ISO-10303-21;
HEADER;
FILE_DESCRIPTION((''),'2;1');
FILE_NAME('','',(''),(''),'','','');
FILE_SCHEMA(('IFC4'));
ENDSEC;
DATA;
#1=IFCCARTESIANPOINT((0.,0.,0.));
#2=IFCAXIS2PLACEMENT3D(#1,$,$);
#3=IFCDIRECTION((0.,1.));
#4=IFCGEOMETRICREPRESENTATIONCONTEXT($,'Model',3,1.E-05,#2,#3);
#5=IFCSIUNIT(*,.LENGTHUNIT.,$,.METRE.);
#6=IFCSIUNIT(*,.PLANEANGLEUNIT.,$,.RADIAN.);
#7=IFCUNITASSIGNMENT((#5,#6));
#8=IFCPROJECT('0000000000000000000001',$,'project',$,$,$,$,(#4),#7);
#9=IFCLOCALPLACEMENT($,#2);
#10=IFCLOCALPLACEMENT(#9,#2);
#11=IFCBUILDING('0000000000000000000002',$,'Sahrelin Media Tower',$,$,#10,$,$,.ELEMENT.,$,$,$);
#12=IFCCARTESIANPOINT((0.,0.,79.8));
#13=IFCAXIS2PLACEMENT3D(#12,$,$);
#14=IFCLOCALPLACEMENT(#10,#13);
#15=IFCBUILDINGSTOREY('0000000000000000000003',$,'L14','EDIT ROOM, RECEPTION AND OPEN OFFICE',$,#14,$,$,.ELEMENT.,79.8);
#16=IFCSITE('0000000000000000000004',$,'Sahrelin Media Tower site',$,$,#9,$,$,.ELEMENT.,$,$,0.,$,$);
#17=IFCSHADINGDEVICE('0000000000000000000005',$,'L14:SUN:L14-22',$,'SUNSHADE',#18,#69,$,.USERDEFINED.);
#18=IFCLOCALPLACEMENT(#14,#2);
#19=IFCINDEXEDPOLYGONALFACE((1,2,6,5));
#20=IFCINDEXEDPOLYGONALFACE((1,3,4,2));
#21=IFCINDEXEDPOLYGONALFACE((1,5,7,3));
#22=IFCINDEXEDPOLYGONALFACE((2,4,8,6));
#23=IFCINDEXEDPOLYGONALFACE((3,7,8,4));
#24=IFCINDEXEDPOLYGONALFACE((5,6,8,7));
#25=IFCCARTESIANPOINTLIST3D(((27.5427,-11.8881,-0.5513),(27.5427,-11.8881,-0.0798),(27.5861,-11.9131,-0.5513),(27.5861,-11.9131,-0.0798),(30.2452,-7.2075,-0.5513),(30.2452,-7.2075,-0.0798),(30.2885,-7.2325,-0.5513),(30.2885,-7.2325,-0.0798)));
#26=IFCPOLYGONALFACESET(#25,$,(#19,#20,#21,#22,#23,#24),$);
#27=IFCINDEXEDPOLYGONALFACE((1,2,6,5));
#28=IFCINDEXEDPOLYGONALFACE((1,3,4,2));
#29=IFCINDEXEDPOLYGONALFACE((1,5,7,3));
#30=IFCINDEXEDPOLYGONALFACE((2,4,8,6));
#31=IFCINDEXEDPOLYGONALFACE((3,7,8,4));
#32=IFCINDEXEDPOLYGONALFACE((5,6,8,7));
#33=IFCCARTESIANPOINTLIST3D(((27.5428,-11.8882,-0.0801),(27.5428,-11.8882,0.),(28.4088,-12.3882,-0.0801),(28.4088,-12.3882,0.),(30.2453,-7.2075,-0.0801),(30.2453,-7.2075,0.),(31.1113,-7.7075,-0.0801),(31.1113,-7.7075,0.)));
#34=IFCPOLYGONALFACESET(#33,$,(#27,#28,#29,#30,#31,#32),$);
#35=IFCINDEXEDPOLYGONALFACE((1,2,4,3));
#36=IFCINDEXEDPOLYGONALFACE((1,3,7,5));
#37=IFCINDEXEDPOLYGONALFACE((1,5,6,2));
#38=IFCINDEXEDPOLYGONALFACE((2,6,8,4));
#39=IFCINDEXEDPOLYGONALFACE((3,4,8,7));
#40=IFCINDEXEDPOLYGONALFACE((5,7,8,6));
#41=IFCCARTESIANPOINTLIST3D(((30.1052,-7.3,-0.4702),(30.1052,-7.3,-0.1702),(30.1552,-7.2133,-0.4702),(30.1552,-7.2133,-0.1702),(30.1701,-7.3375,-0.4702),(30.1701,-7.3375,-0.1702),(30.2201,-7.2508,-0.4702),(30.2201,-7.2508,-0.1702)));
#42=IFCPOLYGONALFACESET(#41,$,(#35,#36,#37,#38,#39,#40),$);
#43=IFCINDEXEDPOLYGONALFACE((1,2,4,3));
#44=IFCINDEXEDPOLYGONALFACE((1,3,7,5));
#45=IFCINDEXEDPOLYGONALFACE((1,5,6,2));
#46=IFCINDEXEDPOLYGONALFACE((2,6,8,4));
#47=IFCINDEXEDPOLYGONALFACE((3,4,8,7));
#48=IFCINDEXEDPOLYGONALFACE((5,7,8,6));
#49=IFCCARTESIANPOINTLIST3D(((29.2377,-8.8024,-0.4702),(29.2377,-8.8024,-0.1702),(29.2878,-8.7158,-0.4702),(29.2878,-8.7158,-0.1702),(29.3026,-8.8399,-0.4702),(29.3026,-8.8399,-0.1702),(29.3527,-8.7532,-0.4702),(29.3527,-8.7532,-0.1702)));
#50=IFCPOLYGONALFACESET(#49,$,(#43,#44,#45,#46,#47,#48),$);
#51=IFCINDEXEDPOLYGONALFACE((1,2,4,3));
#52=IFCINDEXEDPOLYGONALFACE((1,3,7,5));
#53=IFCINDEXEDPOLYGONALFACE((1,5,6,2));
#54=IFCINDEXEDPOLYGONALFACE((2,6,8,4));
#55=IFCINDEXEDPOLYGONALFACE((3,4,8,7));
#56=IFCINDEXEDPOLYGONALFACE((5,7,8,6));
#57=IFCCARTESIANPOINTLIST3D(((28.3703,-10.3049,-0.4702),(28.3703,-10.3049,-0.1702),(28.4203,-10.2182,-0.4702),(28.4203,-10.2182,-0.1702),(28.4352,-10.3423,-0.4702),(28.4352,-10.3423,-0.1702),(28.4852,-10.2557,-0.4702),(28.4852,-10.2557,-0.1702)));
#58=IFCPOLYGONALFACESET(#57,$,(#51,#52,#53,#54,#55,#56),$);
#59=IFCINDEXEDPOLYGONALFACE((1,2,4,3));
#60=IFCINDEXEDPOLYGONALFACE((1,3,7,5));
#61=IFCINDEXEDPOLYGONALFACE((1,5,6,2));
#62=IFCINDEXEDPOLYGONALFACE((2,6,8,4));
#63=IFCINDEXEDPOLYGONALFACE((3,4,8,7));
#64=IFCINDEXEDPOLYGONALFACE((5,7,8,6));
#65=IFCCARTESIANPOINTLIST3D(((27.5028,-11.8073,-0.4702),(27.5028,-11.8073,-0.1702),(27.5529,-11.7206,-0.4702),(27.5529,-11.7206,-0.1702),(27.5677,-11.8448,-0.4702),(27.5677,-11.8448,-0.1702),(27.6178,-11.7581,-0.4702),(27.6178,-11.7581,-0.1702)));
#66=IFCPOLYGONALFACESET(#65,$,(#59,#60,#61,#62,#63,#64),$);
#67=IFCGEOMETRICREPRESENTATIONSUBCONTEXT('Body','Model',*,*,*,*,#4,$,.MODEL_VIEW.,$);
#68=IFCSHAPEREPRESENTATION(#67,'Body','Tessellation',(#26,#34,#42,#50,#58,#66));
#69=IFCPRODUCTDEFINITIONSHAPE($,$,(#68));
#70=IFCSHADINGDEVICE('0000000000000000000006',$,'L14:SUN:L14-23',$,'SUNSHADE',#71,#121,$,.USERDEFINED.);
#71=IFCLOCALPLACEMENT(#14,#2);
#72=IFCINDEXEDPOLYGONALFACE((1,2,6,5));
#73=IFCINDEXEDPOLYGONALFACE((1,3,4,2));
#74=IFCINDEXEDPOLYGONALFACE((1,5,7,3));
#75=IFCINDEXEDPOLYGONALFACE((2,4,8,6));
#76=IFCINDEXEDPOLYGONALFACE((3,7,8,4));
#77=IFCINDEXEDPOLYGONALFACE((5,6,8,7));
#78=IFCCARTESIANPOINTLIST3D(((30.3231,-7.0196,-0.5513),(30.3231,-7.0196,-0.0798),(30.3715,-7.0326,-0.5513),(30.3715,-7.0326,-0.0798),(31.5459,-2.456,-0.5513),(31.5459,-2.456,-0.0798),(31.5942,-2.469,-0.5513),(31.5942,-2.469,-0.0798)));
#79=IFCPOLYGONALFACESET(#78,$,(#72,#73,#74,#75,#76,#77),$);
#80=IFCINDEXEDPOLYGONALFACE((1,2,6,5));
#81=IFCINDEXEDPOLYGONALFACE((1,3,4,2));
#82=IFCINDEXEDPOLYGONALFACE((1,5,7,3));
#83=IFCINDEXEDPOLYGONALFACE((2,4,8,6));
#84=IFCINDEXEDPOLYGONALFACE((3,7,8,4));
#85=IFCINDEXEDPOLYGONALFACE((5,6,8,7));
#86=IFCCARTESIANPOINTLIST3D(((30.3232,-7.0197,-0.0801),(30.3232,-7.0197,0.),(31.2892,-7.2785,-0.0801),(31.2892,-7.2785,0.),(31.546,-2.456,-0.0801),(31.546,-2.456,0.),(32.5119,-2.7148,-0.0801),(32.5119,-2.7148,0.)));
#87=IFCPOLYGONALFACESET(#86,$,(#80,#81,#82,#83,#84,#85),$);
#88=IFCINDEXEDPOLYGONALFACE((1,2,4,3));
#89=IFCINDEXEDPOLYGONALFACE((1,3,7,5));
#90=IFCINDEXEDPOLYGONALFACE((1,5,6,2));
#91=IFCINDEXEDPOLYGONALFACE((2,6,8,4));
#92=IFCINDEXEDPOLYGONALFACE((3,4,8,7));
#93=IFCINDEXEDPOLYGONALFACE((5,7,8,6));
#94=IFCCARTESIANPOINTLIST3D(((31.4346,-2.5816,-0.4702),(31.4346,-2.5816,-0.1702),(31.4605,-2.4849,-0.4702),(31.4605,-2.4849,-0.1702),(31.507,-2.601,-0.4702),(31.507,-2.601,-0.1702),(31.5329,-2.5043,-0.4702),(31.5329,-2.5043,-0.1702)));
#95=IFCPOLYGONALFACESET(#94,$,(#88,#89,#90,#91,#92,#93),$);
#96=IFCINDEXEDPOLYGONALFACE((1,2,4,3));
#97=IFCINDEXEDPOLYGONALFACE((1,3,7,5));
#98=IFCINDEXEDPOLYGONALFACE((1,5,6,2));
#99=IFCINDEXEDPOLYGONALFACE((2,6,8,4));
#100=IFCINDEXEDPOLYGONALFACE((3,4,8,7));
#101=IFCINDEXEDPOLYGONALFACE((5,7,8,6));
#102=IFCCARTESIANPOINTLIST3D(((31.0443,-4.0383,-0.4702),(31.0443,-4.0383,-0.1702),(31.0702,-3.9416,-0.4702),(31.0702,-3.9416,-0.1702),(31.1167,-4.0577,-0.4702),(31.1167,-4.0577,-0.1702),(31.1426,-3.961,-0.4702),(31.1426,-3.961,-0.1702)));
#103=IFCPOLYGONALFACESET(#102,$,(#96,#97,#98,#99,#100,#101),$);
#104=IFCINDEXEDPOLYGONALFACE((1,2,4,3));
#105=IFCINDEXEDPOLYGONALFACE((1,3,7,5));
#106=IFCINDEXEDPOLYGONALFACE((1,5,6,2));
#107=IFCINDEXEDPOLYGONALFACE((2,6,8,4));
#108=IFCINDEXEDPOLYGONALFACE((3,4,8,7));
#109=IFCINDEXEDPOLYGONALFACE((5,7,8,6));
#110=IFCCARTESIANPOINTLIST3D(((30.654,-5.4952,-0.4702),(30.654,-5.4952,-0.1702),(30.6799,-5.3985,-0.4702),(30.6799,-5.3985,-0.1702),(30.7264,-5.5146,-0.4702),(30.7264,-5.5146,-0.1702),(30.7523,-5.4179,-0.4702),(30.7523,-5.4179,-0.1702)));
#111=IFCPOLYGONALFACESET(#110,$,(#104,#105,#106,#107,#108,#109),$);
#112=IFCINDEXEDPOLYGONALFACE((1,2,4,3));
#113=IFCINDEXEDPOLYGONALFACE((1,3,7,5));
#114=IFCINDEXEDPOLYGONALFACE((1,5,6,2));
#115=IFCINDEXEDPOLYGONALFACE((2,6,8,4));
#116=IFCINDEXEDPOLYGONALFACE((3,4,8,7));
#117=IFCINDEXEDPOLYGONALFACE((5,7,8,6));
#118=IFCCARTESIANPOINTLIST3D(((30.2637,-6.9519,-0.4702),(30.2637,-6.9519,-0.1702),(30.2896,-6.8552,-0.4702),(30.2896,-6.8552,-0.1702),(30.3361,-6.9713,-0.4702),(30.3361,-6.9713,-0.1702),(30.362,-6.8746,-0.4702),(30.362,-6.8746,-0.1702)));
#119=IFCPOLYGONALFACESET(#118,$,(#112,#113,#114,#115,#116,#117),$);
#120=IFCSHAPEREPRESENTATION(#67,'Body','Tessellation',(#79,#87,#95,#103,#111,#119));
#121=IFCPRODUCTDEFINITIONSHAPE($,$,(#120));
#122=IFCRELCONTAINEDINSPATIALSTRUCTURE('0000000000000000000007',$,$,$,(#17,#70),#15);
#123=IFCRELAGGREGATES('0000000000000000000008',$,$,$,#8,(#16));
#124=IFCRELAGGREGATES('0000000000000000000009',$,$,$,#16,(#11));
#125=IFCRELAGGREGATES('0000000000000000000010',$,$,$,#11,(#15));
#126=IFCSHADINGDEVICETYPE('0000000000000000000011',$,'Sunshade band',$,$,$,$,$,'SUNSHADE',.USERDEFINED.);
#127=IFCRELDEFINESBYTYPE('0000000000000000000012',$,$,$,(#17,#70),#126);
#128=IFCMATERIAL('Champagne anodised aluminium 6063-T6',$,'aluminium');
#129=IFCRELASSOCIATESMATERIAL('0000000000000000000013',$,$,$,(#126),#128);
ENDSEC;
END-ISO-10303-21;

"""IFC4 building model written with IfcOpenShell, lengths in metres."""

from ifc_helpers import new_model, si_unit, direction, frame, origin, origin_2d, place, context, subcontext, project, spatial, rectangle, extrude, material, type_object, element, save


model = new_model("IFC4")

# Units and contexts
model_context = context("Model", 3, precision=1e-05, world=origin(), true_north=direction((0.0, 1.0)))
body_context = subcontext(model_context, "Body", "Model", "MODEL_VIEW")
ifc_project = project(units=[si_unit("LENGTHUNIT", "METRE"), si_unit("PLANEANGLEUNIT", "RADIAN")], contexts=[model_context])

# Site, building, storey
site_placement = place(None, origin())
site = spatial("IfcSite", under=ifc_project, at=site_placement, Name="Sahrelin Media Tower site", CompositionType="ELEMENT", RefElevation=0.0)
building_placement = place(site_placement, origin())
building = spatial("IfcBuilding", under=site, at=building_placement, Name="Sahrelin Media Tower", CompositionType="ELEMENT")
storey_placement = place(building_placement, frame((0.0, 0.0, 79.8)))
storey = spatial("IfcBuildingStorey", under=building, at=storey_placement, Name="L14", Description="EDIT ROOM, RECEPTION AND OPEN OFFICE", CompositionType="ELEMENT", Elevation=79.8)

# Shared definitions
ifc_material_1 = material(Name="Champagne anodised aluminium 6063-T6", Category="aluminium")

# Shading devices
placement_1 = place(storey_placement, frame((28.8767, -9.5378, 0.0), z_axis=(0.0, 0.0, 1.0), x_axis=(-0.500011, -0.866019, 0.0)))
placement_2 = place(storey_placement, frame((30.9153, -4.7327, 0.0), z_axis=(0.0, 0.0, 1.0), x_axis=(-0.258808, -0.965929, 0.0)))
shading_device_type_1 = type_object("IfcShadingDeviceType", Name="Sunshade band", ElementType="SUNSHADE", PredefinedType="USERDEFINED", material=ifc_material_1)
element("IfcShadingDevice", 1, at=placement_1, inside=storey, type_object=shading_device_type_1, Name="L14:SUN:L14-22", ObjectType="SUNSHADE", PredefinedType="USERDEFINED", context=body_context, shape_type="SweptSolid", body=[
    extrude(rectangle(XDim=5.4048, YDim=0.05, at=origin_2d()), frame((0.0, 0.0449, -0.5513)), (0.0, 0.0, 1.0), 0.4714),
    extrude(rectangle(XDim=5.4048, YDim=1.0, at=origin_2d()), frame((0.0, 0.52, -0.0801)), (0.0, 0.0, 1.0), 0.0801),
    extrude(rectangle(XDim=0.1001, YDim=0.075, at=origin_2d()), frame((-2.6023, -0.0176, -0.4702)), (0.0, 0.0, 1.0), 0.3),
    extrude(rectangle(XDim=0.1001, YDim=0.075, at=origin_2d()), frame((-0.8674, -0.0176, -0.4702)), (0.0, 0.0, 1.0), 0.3),
    extrude(rectangle(XDim=0.1001, YDim=0.075, at=origin_2d()), frame((0.8674, -0.0176, -0.4702)), (0.0, 0.0, 1.0), 0.3),
    extrude(rectangle(XDim=0.1001, YDim=0.075, at=origin_2d()), frame((2.6023, -0.0176, -0.4702)), (0.0, 0.0, 1.0), 0.3),
])
element("IfcShadingDevice", 2, at=placement_2, inside=storey, type_object=shading_device_type_1, Name="L14:SUN:L14-23", ObjectType="SUNSHADE", PredefinedType="USERDEFINED", context=body_context, shape_type="SweptSolid", body=[
    extrude(rectangle(XDim=4.7246, YDim=0.05, at=origin_2d()), frame((0.0, 0.0449, -0.5513)), (0.0, 0.0, 1.0), 0.4714),
    extrude(rectangle(XDim=4.7246, YDim=1.0, at=origin_2d()), frame((0.0, 0.52, -0.0801)), (0.0, 0.0, 1.0), 0.0801),
    extrude(rectangle(XDim=0.1001, YDim=0.075, at=origin_2d()), frame((-2.2622, -0.0176, -0.4702)), (0.0, 0.0, 1.0), 0.3),
    extrude(rectangle(XDim=0.1001, YDim=0.075, at=origin_2d()), frame((-0.7542, -0.0176, -0.4702)), (0.0, 0.0, 1.0), 0.3),
    extrude(rectangle(XDim=0.1001, YDim=0.075, at=origin_2d()), frame((0.7542, -0.0176, -0.4702)), (0.0, 0.0, 1.0), 0.3),
    extrude(rectangle(XDim=0.1001, YDim=0.075, at=origin_2d()), frame((2.2622, -0.0176, -0.4702)), (0.0, 0.0, 1.0), 0.3),
])

save(model, "model.ifc")
